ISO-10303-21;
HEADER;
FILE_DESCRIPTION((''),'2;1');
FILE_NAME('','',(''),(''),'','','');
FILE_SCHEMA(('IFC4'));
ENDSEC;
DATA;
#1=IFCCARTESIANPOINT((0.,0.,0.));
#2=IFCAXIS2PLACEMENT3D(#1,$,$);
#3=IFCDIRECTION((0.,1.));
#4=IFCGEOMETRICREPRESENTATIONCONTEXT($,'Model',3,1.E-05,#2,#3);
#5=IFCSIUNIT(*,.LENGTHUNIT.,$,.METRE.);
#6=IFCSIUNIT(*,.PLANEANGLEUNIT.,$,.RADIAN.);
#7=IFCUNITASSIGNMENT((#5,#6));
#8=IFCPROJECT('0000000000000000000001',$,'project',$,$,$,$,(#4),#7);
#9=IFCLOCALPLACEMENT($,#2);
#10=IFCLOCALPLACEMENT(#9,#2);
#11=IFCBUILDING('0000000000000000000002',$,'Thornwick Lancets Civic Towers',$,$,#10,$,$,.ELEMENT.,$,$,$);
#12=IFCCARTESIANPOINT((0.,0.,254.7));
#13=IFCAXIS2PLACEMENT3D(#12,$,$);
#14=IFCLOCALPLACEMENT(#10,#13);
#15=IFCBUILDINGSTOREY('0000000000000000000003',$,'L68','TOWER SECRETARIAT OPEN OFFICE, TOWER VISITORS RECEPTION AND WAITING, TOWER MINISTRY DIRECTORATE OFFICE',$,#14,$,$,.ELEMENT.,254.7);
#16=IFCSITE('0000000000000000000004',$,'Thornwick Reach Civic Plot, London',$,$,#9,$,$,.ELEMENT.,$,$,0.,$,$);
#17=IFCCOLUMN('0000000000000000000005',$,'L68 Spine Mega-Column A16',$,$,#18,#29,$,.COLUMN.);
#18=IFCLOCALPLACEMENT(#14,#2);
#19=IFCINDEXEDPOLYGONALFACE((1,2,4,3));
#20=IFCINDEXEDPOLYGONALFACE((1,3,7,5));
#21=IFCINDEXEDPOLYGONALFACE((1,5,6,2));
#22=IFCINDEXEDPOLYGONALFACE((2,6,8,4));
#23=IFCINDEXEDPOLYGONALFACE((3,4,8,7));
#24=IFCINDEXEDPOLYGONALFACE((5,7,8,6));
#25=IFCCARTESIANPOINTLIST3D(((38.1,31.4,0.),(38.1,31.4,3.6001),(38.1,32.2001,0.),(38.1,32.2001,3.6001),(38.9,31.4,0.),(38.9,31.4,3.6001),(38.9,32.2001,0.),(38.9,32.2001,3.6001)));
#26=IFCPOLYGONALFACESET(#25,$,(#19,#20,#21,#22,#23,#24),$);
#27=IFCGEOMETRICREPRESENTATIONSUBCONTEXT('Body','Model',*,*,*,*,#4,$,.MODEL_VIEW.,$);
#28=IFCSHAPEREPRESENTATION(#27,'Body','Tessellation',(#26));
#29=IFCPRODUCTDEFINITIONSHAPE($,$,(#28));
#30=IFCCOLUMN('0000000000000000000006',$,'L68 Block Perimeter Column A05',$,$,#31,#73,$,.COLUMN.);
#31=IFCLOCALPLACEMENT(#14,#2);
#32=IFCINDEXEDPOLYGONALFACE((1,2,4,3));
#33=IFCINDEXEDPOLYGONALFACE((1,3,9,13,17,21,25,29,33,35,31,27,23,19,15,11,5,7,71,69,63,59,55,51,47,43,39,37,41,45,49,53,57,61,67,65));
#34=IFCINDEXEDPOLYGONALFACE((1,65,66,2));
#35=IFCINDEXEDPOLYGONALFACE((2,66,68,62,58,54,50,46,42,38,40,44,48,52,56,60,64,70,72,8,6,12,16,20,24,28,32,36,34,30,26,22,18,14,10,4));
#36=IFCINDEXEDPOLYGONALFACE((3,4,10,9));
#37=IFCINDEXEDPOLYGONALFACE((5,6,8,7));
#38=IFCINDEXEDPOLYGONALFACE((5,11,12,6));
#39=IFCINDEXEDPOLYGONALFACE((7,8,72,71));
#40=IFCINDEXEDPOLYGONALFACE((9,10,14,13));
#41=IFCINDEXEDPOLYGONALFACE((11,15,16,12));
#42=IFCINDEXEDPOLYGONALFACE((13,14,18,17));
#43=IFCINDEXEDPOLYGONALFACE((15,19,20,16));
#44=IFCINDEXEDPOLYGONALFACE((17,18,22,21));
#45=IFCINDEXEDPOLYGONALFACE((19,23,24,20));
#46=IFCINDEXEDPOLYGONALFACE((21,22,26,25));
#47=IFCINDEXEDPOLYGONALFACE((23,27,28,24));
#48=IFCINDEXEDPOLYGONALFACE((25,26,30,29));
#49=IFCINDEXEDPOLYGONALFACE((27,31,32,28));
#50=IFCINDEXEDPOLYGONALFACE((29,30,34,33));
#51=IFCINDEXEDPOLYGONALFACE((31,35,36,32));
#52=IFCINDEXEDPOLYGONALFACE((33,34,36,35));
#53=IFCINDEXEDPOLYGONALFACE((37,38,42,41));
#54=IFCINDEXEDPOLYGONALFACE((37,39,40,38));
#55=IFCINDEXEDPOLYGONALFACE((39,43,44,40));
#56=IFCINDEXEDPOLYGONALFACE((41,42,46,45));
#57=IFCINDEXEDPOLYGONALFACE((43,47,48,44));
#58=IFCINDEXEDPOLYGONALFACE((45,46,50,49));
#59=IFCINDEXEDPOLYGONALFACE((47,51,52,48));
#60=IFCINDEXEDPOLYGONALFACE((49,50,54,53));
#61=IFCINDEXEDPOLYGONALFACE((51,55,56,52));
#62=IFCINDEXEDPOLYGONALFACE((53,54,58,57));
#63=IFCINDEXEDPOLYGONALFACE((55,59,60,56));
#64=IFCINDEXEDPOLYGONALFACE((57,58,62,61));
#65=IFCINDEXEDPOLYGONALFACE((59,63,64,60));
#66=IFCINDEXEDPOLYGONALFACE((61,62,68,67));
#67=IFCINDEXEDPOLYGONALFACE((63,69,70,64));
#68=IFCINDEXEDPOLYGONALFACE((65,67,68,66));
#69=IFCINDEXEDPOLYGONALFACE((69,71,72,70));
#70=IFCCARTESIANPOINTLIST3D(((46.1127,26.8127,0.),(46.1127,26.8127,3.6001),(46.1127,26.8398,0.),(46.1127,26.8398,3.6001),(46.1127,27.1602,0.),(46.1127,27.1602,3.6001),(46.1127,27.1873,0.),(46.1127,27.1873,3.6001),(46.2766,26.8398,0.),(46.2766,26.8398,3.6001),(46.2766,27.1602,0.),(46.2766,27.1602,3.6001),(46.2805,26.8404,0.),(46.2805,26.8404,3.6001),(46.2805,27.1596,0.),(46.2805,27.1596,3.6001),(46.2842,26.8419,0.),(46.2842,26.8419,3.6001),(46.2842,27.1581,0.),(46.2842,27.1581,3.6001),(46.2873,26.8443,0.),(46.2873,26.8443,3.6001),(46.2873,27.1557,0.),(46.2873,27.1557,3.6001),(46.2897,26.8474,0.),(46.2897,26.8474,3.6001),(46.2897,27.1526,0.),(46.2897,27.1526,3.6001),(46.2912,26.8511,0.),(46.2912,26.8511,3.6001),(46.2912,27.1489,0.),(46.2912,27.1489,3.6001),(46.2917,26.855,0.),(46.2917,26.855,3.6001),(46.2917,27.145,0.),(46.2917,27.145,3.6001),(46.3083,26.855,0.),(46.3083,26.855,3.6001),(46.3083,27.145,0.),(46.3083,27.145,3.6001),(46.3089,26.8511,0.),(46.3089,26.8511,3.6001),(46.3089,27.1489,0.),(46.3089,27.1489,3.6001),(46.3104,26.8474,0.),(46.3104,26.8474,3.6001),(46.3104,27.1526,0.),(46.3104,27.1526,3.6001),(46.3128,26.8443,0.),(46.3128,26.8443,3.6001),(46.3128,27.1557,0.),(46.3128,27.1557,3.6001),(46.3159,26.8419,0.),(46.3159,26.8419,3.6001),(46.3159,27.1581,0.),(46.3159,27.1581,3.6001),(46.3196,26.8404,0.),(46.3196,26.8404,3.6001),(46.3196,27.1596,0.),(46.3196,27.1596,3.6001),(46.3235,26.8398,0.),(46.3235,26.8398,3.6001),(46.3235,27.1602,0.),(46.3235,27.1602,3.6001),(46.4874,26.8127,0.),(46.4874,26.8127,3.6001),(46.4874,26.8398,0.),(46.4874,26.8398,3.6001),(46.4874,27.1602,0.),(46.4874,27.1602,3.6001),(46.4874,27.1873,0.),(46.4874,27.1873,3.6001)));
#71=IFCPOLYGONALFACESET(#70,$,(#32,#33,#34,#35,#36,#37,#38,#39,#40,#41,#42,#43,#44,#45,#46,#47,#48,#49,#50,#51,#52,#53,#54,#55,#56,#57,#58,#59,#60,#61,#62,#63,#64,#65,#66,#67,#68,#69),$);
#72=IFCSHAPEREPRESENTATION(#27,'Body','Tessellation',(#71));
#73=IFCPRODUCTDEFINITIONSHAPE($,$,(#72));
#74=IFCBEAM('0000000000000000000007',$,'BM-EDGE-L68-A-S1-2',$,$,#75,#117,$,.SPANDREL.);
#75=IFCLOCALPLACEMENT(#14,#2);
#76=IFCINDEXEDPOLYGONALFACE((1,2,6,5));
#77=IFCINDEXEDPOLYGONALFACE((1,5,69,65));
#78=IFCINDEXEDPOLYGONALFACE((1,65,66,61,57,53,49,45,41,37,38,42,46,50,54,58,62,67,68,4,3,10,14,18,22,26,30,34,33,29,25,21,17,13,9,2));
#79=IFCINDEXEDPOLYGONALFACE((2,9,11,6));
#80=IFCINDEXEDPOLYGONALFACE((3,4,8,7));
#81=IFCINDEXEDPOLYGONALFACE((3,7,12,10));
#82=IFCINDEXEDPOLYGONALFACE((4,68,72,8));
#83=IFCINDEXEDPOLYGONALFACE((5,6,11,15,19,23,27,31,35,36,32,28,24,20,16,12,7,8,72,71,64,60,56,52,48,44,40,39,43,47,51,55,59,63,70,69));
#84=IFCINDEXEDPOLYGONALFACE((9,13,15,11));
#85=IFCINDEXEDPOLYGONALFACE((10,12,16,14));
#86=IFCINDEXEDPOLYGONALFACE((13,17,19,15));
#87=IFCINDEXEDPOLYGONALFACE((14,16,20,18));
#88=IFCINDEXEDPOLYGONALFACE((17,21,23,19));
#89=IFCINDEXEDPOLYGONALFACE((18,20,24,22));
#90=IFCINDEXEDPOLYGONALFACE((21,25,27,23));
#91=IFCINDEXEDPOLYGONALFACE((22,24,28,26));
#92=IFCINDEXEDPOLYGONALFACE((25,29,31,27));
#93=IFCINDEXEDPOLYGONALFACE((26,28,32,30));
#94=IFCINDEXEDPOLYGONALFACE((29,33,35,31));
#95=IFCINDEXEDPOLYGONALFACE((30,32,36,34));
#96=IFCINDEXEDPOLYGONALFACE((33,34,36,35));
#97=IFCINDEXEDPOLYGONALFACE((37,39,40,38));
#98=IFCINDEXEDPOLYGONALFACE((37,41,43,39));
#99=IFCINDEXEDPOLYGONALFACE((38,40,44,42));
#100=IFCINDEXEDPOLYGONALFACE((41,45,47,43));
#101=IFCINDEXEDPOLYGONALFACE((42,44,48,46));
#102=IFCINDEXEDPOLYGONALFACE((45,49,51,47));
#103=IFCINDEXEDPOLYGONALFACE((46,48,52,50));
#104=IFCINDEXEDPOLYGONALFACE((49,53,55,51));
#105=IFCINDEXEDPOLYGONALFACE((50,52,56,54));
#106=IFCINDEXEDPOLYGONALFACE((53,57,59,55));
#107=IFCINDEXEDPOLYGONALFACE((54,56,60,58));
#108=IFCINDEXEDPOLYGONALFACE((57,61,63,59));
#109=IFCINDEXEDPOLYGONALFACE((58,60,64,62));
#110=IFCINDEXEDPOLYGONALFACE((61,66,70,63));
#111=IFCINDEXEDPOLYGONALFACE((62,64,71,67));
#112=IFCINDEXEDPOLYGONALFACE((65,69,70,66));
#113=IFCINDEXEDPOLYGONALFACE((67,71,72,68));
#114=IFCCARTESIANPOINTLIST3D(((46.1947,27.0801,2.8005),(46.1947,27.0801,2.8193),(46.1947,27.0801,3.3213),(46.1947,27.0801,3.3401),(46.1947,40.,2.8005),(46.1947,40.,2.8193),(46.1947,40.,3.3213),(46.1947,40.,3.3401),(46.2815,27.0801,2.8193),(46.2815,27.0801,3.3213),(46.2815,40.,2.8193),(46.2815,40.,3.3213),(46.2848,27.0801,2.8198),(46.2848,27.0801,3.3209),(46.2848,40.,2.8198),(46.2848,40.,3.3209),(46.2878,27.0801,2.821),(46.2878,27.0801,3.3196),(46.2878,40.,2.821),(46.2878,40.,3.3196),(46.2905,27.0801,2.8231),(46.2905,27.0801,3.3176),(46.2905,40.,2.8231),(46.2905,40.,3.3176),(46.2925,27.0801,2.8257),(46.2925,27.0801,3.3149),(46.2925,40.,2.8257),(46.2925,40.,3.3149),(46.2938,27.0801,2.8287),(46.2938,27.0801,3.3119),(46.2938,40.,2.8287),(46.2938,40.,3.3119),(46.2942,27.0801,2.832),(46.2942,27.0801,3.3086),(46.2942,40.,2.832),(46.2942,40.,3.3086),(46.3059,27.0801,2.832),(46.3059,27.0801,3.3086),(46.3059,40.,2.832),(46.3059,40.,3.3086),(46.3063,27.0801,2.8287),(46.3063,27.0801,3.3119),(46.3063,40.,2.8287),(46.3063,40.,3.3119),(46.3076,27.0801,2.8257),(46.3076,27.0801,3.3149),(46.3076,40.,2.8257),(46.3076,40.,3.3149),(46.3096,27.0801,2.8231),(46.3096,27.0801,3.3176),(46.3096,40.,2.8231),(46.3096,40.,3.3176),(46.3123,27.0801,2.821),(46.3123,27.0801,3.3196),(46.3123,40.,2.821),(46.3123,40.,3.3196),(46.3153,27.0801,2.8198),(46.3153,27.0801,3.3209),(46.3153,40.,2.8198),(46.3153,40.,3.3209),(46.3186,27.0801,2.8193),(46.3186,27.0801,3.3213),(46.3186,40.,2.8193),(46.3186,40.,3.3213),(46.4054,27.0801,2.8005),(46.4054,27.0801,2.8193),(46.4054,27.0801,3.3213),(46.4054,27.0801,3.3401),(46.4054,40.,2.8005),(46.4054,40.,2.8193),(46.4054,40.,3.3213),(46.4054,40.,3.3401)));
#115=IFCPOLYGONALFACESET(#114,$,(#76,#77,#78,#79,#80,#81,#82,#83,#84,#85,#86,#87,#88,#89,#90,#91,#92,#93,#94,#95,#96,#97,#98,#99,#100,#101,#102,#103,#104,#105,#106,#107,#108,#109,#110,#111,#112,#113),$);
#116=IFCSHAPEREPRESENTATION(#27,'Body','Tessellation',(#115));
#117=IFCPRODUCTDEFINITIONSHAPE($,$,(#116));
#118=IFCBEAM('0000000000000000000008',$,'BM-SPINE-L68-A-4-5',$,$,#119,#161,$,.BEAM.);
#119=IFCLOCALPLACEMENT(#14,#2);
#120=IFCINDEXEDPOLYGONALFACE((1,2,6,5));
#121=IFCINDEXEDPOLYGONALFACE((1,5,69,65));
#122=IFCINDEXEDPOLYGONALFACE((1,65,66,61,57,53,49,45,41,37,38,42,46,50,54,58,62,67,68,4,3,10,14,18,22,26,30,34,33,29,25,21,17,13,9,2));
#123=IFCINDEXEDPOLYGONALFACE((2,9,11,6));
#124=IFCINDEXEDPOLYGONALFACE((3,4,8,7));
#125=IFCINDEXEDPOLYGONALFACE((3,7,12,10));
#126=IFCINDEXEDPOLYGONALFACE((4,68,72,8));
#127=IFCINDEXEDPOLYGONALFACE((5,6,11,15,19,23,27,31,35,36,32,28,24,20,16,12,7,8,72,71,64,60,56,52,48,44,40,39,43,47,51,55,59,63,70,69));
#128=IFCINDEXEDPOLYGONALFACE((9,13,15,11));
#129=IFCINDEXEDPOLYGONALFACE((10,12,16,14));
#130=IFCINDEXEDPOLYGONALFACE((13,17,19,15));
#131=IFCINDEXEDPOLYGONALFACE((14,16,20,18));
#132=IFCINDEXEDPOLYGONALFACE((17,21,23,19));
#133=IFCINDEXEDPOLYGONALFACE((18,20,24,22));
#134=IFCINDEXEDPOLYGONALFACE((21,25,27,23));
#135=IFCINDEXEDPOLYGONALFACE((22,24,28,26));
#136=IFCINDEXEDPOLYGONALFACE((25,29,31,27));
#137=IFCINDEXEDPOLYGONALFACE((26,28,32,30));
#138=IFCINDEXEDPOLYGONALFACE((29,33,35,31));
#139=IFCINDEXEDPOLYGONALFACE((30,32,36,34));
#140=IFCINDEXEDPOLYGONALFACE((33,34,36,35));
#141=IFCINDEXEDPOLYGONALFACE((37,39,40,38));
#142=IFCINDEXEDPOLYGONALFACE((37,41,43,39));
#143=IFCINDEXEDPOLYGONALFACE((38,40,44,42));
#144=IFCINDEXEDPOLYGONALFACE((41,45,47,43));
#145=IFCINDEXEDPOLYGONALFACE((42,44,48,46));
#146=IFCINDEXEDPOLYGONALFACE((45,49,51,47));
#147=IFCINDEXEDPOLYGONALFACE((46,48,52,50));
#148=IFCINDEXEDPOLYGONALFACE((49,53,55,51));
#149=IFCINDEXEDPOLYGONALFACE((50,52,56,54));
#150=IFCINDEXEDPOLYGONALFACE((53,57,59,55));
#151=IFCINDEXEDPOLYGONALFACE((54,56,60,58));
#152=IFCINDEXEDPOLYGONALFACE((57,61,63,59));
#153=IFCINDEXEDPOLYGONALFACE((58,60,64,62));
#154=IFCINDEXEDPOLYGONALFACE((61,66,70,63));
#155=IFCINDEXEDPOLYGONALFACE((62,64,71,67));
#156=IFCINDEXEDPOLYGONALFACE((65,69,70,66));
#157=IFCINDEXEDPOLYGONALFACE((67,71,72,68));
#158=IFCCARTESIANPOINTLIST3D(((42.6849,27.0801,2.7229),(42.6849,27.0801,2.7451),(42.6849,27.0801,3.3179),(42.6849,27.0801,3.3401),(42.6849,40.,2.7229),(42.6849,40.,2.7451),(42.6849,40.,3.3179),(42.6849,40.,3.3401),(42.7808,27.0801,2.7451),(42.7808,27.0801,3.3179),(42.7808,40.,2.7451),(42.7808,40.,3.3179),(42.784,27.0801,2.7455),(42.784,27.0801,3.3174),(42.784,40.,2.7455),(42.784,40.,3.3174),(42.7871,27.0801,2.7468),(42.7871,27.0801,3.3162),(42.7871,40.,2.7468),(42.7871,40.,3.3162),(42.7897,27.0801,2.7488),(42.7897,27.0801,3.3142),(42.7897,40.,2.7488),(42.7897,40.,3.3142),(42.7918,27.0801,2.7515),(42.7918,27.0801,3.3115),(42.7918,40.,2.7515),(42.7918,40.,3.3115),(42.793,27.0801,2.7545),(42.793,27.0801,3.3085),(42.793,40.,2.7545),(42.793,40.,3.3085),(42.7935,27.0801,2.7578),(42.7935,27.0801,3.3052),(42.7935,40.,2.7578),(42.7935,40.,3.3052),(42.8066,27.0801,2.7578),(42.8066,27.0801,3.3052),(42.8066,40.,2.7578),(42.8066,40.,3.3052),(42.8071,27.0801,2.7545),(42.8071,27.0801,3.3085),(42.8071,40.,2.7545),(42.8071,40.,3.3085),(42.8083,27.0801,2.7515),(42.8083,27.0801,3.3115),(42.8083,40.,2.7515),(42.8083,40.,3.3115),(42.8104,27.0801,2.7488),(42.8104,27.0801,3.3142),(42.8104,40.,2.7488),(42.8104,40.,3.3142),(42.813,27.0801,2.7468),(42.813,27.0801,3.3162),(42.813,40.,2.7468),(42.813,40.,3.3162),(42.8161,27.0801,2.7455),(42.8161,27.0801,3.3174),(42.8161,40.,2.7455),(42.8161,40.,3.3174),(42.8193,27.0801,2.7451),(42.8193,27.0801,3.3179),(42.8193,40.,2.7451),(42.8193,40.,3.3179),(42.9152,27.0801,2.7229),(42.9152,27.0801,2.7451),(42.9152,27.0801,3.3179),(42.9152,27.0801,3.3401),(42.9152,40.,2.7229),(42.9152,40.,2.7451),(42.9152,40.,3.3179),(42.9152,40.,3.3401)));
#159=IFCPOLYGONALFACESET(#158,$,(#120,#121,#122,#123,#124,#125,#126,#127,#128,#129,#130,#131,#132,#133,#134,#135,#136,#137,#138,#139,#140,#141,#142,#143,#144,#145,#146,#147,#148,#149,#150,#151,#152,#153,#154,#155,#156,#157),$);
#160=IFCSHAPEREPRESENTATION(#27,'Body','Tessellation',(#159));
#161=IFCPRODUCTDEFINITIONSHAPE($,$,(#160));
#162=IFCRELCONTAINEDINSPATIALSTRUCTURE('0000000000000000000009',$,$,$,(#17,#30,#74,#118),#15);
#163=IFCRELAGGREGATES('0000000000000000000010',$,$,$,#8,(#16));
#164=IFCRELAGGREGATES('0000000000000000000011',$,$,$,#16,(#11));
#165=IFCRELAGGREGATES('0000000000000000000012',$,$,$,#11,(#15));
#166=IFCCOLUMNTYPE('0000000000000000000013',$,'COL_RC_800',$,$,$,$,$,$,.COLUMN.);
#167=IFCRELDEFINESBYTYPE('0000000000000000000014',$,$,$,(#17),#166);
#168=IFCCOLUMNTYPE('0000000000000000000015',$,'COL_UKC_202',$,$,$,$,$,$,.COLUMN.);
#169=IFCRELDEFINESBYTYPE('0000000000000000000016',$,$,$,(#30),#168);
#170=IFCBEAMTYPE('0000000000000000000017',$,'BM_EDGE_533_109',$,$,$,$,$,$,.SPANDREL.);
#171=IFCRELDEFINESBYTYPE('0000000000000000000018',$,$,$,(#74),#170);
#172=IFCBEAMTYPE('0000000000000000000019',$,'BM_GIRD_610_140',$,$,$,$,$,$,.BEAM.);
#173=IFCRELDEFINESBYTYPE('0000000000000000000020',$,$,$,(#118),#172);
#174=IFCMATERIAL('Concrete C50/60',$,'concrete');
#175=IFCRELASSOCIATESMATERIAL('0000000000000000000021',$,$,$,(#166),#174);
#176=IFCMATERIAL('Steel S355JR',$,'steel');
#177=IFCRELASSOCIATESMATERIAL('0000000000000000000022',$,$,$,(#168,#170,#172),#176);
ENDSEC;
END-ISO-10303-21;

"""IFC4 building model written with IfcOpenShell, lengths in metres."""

from ifc_helpers import new_model, si_unit, direction, frame, origin, origin_2d, place, context, subcontext, project, spatial, rectangle, i_section, extrude, material, material_profile, profile_set, type_object, element, save


model = new_model("IFC4")

# Units and contexts
model_context = context("Model", 3, precision=1e-05, world=origin(), true_north=direction((0.0, 1.0)))
body_context = subcontext(model_context, "Body", "Model", "MODEL_VIEW")
ifc_project = project(units=[si_unit("LENGTHUNIT", "METRE"), si_unit("PLANEANGLEUNIT", "RADIAN")], contexts=[model_context])

# Site, building, storey
site_placement = place(None, origin())
site = spatial("IfcSite", under=ifc_project, at=site_placement, Name="Thornwick Reach Civic Plot, London", CompositionType="ELEMENT", RefElevation=0.0)
building_placement = place(site_placement, origin())
building = spatial("IfcBuilding", under=site, at=building_placement, Name="Thornwick Lancets Civic Towers", CompositionType="ELEMENT")
storey_placement = place(building_placement, frame((0.0, 0.0, 254.7)))
storey = spatial("IfcBuildingStorey", under=building, at=storey_placement, Name="L68", Description="TOWER SECRETARIAT OPEN OFFICE, TOWER VISITORS RECEPTION AND WAITING, TOWER MINISTRY DIRECTORATE OFFICE", CompositionType="ELEMENT", Elevation=254.7)

# Columns
ifc_material_1 = material(Name="Concrete C50/60", Category="concrete")
ifc_material_profile_1 = material_profile(ifc_material_1, rectangle(XDim=0.8, YDim=0.8, at=origin_2d()), Name="RC 800x800")
ifc_profile_set_1 = profile_set([ifc_material_profile_1], Name="Concrete C50/60")
column_type_1 = type_object("IfcColumnType", Name="COL_RC_800", PredefinedType="COLUMN", material=ifc_profile_set_1)
column_1_placement = place(storey_placement, frame((38.5, 31.8, 0.0), z_axis=(0.0, 0.0, 1.0), x_axis=(1.0, 0.0, 0.0)))
element("IfcColumn", 1, at=column_1_placement, inside=storey, type_object=column_type_1, Name="L68 Spine Mega-Column A16", PredefinedType="COLUMN", context=body_context, shape_type="SweptSolid", body=[
    extrude(rectangle(XDim=0.8, YDim=0.8, at=origin_2d()), origin(), (0.0, 0.0, 1.0), 3.6001),
])
ifc_material_2 = material(Name="Steel S355JR", Category="steel")
ifc_material_profile_2 = material_profile(ifc_material_2, i_section(OverallWidth=0.3748, OverallDepth=0.3745, WebThickness=0.0166, FlangeThickness=0.0271, FilletRadius=0.0151, at=origin_2d()), Name="UKC 356x368x202")
ifc_profile_set_2 = profile_set([ifc_material_profile_2], Name="Steel S355JR")
column_type_2 = type_object("IfcColumnType", Name="COL_UKC_202", PredefinedType="COLUMN", material=ifc_profile_set_2)
column_2_placement = place(storey_placement, frame((46.3, 27.0, 0.0), z_axis=(0.0, 0.0, 1.0), x_axis=(1.0, 0.0, 0.0)))
element("IfcColumn", 2, at=column_2_placement, inside=storey, type_object=column_type_2, Name="L68 Block Perimeter Column A05", PredefinedType="COLUMN", context=body_context, shape_type="SweptSolid", body=[
    extrude(i_section(OverallWidth=0.3748, OverallDepth=0.3745, WebThickness=0.0166, FlangeThickness=0.0271, FilletRadius=0.0151, at=origin_2d()), origin(), (0.0, 0.0, 1.0), 3.6001),
])

# Beams
ifc_material_profile_3 = material_profile(ifc_material_2, i_section(OverallWidth=0.2107, OverallDepth=0.5396, WebThickness=0.0117, FlangeThickness=0.0188, FilletRadius=0.0127, at=origin_2d()), Name="UKB 533x210x109")
ifc_profile_set_3 = profile_set([ifc_material_profile_3], Name="Steel S355JR")
beam_type_1 = type_object("IfcBeamType", Name="BM_EDGE_533_109", PredefinedType="SPANDREL", material=ifc_profile_set_3)
beam_1_placement = place(storey_placement, frame((46.3, 27.0801, 3.0703), z_axis=(0.0, 1.0, 0.0), x_axis=(-1.0, 0.0, 0.0)))
element("IfcBeam", 3, at=beam_1_placement, inside=storey, type_object=beam_type_1, Name="BM-EDGE-L68-A-S1-2", PredefinedType="SPANDREL", context=body_context, shape_type="SweptSolid", body=[
    extrude(i_section(OverallWidth=0.2107, OverallDepth=0.5396, WebThickness=0.0117, FlangeThickness=0.0188, FilletRadius=0.0127, at=origin_2d()), origin(), (0.0, 0.0, 1.0), 12.9199),
])
ifc_material_profile_4 = material_profile(ifc_material_2, i_section(OverallWidth=0.2302, OverallDepth=0.6172, WebThickness=0.0132, FlangeThickness=0.0222, FilletRadius=0.0127, at=origin_2d()), Name="UKB 610x229x140")
ifc_profile_set_4 = profile_set([ifc_material_profile_4], Name="Steel S355JR")
beam_type_2 = type_object("IfcBeamType", Name="BM_GIRD_610_140", PredefinedType="BEAM", material=ifc_profile_set_4)
beam_2_placement = place(storey_placement, frame((42.8, 27.0801, 3.0315), z_axis=(0.0, 1.0, 0.0), x_axis=(-1.0, 0.0, 0.0)))
element("IfcBeam", 4, at=beam_2_placement, inside=storey, type_object=beam_type_2, Name="BM-SPINE-L68-A-4-5", PredefinedType="BEAM", context=body_context, shape_type="SweptSolid", body=[
    extrude(i_section(OverallWidth=0.2302, OverallDepth=0.6172, WebThickness=0.0132, FlangeThickness=0.0222, FilletRadius=0.0127, at=origin_2d()), origin(), (0.0, 0.0, 1.0), 12.9199),
])

save(model, "model.ifc")
